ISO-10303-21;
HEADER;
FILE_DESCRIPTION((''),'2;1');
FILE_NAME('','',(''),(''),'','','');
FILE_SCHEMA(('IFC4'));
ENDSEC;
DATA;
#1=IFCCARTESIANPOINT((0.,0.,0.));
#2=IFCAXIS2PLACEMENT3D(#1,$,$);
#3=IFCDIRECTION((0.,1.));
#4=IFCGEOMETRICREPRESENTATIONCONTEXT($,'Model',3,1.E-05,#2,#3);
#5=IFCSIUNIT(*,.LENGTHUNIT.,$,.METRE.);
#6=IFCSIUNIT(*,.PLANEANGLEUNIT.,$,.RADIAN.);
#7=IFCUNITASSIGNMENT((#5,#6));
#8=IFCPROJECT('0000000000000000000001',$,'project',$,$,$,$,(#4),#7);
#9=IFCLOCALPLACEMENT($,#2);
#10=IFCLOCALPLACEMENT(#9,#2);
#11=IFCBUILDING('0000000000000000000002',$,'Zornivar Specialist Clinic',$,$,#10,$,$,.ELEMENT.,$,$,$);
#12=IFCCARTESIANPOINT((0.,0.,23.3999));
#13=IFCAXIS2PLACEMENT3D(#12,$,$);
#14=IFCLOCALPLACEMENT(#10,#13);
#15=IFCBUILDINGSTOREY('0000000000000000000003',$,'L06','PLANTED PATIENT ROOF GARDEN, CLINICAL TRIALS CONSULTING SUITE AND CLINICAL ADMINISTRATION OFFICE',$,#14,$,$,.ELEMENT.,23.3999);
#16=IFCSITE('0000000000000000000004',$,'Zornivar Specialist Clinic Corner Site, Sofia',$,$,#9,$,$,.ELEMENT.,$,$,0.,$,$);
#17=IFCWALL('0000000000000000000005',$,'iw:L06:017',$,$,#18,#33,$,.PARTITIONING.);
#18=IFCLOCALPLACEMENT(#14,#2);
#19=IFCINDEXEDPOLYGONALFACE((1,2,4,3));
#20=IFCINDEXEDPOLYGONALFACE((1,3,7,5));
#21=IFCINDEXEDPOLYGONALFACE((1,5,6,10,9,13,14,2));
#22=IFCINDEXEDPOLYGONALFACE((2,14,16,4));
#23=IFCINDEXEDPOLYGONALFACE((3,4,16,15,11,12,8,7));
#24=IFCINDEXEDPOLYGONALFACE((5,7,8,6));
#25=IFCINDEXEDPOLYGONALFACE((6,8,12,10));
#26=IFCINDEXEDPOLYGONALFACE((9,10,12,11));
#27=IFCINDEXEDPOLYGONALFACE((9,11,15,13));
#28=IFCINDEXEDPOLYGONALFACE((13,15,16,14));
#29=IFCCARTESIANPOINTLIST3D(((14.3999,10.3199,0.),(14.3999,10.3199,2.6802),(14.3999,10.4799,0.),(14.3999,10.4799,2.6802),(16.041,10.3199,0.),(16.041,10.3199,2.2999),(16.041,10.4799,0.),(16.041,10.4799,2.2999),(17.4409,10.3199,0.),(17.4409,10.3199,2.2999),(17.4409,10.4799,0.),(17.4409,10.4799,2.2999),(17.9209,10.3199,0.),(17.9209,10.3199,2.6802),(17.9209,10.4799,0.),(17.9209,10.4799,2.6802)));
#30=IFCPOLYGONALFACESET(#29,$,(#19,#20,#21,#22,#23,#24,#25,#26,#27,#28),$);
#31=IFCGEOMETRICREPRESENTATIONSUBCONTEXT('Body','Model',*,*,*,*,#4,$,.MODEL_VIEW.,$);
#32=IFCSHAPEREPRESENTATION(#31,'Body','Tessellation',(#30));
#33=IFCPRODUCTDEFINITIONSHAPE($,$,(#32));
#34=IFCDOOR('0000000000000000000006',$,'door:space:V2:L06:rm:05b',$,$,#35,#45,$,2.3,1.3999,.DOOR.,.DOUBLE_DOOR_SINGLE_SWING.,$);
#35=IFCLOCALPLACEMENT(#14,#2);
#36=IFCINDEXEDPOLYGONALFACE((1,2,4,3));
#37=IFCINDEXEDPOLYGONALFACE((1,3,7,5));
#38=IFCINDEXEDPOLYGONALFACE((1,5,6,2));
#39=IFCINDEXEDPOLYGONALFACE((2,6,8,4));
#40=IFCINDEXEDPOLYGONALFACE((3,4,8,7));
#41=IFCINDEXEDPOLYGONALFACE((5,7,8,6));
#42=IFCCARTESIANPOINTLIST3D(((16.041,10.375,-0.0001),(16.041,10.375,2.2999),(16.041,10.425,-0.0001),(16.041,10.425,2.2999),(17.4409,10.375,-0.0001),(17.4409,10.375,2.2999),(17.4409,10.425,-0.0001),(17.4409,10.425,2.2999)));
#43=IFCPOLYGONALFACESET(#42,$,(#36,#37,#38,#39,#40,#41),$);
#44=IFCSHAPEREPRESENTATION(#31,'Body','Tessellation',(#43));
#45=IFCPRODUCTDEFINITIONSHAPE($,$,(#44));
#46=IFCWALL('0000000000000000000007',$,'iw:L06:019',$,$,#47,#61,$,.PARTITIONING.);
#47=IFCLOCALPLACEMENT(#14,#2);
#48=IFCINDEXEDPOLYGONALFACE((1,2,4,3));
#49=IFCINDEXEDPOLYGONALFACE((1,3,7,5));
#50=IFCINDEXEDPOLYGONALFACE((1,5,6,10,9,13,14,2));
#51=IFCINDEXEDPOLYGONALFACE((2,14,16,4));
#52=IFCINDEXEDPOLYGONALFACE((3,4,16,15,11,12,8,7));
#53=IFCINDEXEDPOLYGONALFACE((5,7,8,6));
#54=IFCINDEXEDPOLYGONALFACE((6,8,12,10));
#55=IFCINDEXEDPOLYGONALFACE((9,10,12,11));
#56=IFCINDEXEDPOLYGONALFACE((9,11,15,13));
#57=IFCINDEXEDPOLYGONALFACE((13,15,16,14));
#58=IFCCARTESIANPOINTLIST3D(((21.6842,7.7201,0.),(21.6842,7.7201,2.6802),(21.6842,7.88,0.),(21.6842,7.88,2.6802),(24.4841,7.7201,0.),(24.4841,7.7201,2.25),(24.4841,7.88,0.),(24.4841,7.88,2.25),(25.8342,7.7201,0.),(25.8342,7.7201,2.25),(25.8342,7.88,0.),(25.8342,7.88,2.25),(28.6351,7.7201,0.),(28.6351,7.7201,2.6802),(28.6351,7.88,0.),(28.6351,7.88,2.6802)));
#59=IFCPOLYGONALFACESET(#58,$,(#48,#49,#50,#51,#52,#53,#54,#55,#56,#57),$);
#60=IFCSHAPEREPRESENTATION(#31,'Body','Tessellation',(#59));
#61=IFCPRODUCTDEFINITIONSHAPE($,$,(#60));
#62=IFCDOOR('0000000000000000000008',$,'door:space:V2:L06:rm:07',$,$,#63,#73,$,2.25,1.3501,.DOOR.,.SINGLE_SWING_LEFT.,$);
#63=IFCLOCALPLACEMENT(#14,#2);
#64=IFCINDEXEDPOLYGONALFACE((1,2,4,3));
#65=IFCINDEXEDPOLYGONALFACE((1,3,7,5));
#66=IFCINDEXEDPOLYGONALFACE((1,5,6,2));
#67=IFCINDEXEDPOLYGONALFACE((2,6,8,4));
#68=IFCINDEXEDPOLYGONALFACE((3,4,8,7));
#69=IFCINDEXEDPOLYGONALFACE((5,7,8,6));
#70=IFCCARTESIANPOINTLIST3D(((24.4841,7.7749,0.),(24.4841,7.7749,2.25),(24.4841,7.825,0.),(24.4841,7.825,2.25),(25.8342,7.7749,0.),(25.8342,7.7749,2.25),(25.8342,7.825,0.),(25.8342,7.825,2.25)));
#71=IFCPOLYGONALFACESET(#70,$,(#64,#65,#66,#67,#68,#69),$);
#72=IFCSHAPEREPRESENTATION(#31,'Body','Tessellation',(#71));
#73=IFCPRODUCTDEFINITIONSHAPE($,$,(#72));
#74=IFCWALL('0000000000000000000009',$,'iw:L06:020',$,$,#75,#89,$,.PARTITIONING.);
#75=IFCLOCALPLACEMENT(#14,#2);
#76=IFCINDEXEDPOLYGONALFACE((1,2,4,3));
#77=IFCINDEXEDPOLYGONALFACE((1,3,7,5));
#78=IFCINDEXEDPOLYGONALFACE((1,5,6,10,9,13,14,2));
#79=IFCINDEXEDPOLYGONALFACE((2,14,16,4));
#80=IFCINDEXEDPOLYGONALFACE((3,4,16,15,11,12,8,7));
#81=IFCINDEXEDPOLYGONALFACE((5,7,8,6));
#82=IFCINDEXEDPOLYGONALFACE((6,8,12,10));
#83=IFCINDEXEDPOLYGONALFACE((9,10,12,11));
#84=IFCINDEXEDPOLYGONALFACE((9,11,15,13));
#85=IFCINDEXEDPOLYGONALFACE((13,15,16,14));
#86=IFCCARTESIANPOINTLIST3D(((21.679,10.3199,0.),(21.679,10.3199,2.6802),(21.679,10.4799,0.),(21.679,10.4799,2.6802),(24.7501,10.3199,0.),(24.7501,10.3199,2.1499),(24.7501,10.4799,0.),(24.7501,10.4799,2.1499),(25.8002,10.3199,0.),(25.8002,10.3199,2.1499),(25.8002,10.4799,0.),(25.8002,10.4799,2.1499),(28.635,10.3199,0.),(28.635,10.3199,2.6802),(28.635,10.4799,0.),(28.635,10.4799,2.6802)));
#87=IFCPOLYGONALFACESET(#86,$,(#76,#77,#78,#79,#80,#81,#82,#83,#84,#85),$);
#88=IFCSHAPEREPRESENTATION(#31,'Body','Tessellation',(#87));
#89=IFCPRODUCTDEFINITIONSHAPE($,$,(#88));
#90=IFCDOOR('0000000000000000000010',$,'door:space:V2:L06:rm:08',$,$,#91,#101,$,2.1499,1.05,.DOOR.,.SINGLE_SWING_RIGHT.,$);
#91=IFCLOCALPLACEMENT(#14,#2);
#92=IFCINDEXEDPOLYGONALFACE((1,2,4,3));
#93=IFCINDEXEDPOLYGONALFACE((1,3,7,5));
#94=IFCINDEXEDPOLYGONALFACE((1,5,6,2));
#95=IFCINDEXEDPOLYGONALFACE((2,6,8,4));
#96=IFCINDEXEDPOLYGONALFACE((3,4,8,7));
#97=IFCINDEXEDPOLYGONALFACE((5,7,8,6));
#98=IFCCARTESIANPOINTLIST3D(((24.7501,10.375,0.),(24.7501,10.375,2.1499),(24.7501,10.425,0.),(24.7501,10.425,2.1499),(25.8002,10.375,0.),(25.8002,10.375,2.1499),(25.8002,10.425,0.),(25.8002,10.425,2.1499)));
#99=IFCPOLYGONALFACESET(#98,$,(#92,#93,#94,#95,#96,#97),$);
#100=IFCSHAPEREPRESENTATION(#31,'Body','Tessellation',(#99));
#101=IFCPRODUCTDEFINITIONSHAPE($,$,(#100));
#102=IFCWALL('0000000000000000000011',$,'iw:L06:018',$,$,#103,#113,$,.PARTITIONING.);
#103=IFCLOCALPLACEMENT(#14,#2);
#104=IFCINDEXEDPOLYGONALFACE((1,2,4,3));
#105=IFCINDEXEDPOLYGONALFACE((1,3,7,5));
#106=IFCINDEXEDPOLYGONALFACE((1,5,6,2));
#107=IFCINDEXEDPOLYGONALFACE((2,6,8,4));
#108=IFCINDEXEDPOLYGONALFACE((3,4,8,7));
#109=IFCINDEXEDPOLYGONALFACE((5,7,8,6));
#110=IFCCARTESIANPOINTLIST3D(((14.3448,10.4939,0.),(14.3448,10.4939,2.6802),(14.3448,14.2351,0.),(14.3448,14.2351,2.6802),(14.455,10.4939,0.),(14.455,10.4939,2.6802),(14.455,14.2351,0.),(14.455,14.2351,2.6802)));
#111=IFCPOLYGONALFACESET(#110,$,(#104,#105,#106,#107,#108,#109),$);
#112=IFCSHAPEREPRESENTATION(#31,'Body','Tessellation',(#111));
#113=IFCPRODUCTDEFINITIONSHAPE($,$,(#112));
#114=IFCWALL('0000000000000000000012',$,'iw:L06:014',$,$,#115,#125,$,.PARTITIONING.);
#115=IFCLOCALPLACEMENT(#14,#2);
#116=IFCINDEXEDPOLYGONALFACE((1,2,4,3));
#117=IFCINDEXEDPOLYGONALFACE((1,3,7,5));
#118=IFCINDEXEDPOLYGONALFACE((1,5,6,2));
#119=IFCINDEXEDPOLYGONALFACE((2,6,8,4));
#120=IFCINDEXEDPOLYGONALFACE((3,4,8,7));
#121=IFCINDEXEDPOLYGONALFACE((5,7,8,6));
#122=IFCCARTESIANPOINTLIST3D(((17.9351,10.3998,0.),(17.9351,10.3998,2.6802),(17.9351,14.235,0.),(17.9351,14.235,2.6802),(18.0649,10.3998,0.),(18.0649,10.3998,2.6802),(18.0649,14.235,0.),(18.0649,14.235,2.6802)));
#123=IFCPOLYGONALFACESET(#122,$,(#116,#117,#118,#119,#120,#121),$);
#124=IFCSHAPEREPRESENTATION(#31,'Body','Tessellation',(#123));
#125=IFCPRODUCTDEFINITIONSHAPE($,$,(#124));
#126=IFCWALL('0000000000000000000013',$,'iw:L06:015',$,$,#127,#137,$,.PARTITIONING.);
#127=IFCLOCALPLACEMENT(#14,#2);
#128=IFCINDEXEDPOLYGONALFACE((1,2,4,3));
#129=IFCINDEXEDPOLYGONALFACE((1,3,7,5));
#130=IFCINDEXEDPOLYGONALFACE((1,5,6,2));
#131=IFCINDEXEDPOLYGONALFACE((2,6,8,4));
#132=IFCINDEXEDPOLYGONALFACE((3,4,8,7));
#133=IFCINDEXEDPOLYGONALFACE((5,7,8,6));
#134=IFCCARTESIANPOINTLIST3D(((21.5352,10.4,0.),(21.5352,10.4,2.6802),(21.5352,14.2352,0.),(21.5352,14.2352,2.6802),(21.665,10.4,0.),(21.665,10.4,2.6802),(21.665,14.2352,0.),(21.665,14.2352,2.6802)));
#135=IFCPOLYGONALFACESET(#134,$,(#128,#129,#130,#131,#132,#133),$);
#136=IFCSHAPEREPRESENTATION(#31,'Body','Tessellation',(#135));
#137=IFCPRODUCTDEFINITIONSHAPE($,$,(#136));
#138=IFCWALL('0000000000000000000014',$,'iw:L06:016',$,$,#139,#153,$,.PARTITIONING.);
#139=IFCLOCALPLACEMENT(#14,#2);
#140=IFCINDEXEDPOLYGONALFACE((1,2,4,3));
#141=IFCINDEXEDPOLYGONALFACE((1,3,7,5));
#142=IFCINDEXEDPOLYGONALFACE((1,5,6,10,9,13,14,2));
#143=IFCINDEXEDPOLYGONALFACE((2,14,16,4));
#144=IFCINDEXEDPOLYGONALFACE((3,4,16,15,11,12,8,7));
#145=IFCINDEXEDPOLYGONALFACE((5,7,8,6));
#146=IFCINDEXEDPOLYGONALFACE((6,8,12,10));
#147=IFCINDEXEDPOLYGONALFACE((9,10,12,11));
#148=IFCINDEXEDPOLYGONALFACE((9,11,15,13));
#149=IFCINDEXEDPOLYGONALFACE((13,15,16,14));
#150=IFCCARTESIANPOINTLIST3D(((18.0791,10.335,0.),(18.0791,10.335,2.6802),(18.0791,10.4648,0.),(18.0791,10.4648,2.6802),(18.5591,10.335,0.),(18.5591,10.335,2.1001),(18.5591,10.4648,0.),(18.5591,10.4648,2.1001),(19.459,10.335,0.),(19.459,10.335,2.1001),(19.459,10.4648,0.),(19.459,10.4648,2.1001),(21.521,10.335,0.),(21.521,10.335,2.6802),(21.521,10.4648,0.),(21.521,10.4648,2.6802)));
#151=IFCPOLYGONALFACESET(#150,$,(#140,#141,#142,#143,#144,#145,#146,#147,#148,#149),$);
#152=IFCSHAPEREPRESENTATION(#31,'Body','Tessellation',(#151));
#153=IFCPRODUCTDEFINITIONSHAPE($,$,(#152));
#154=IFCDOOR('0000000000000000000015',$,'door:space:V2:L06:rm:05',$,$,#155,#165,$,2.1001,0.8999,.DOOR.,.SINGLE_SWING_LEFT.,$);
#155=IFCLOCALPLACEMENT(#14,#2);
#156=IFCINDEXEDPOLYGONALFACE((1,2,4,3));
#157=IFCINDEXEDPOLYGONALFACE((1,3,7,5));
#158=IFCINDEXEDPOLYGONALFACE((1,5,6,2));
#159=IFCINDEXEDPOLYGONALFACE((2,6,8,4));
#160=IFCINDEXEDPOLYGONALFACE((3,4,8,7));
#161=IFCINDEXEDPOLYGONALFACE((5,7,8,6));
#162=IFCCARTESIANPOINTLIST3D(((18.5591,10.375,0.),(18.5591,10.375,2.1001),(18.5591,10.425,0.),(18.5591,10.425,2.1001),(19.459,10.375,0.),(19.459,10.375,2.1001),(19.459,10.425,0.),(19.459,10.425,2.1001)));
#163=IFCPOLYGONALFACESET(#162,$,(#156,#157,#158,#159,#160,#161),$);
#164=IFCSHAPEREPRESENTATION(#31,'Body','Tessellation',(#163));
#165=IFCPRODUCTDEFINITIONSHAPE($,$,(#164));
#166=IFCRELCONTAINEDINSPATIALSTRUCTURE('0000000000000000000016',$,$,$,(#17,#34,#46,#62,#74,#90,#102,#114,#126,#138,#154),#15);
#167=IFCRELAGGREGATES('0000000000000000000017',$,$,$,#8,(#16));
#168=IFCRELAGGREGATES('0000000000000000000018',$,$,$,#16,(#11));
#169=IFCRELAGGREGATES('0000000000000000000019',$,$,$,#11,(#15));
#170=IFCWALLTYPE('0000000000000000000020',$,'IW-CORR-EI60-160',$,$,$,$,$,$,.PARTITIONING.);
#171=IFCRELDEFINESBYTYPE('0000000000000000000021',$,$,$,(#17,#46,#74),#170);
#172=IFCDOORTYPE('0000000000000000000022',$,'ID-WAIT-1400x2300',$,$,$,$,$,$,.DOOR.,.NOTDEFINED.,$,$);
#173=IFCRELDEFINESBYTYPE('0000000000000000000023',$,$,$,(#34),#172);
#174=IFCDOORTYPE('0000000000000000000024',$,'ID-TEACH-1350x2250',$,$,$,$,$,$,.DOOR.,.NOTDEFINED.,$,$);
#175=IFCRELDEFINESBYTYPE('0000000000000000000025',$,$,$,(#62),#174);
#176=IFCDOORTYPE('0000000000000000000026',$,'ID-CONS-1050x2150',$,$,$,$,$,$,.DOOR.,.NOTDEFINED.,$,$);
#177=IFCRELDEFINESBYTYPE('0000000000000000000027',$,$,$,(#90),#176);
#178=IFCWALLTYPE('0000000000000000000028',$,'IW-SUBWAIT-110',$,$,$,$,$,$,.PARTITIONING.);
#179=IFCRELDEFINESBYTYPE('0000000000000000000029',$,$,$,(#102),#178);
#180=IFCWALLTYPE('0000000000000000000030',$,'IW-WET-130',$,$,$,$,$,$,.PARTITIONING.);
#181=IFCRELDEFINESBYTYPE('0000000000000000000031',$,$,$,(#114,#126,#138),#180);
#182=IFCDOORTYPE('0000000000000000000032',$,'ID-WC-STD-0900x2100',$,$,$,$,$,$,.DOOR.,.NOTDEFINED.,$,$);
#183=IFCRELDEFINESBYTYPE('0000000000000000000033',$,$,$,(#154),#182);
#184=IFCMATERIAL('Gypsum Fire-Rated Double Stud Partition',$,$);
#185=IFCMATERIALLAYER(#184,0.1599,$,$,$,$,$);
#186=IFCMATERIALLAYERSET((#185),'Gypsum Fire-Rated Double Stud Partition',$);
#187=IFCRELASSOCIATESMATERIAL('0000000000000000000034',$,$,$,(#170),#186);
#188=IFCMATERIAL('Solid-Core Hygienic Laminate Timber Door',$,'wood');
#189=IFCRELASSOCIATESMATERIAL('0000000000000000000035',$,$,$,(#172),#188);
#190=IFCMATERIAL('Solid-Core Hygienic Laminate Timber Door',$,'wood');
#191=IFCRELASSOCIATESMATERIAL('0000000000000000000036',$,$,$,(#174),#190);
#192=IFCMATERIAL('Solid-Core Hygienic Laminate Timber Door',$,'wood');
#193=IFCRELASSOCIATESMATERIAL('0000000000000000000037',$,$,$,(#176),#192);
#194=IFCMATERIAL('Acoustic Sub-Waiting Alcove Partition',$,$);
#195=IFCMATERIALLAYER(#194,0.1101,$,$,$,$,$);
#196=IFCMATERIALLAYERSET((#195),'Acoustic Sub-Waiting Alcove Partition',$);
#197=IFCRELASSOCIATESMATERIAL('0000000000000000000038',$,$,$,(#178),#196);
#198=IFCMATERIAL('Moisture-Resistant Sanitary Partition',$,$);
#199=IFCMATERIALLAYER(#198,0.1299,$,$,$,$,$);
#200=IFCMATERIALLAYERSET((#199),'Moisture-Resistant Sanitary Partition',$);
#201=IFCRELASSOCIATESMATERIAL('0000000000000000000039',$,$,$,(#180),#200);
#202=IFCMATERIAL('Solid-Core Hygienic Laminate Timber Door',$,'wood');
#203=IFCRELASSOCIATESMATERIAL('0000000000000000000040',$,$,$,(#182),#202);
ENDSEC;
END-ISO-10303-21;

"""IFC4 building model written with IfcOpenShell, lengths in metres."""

from ifc_helpers import new_model, si_unit, direction, frame, frame_2d, origin, place, context, subcontext, project, spatial, rectangle, extrude, material, layer, layer_set, type_object, element, fill, save


model = new_model("IFC4")

# Units and contexts
model_context = context("Model", 3, precision=1e-05, world=origin(), true_north=direction((0.0, 1.0)))
body_context = subcontext(model_context, "Body", "Model", "MODEL_VIEW")
ifc_project = project(units=[si_unit("LENGTHUNIT", "METRE"), si_unit("PLANEANGLEUNIT", "RADIAN")], contexts=[model_context])

# Site, building, storey
site_placement = place(None, origin())
site = spatial("IfcSite", under=ifc_project, at=site_placement, Name="Zornivar Specialist Clinic Corner Site, Sofia", CompositionType="ELEMENT", RefElevation=0.0)
building_placement = place(site_placement, origin())
building = spatial("IfcBuilding", under=site, at=building_placement, Name="Zornivar Specialist Clinic", CompositionType="ELEMENT")
storey_placement = place(building_placement, frame((0.0, 0.0, 23.3999)))
storey = spatial("IfcBuildingStorey", under=building, at=storey_placement, Name="L06", Description="PLANTED PATIENT ROOF GARDEN, CLINICAL TRIALS CONSULTING SUITE AND CLINICAL ADMINISTRATION OFFICE", CompositionType="ELEMENT", Elevation=23.3999)

# Walls, openings, doors
ifc_material_1 = material(Name="Gypsum Fire-Rated Double Stud Partition")
ifc_layer_1 = layer(ifc_material_1, 0.1599)
ifc_layer_set_1 = layer_set([ifc_layer_1], Name="Gypsum Fire-Rated Double Stud Partition")
wall_type_1 = type_object("IfcWallType", Name="IW-CORR-EI60-160", PredefinedType="PARTITIONING", material=ifc_layer_set_1)
wall_1_placement = place(storey_placement, frame((17.9209, 10.3999, 0.0), z_axis=(0.0, 0.0, 1.0), x_axis=(-1.0, 0.0, 0.0)))
wall_1 = element("IfcWall", 1, at=wall_1_placement, inside=storey, type_object=wall_type_1, Name="iw:L06:017", PredefinedType="PARTITIONING", context=body_context, shape_type="SweptSolid", body=[
    extrude(rectangle(XDim=3.521, YDim=0.1599, at=frame_2d((1.7605, 0.0))), origin(), (0.0, 0.0, 1.0), 2.6802),
])
opening_1_placement = place(wall_1_placement, frame((0.48, 0.0, 0.0)))
opening_1 = element("IfcOpeningElement", 2, at=opening_1_placement, cuts=wall_1, PredefinedType="OPENING", context=body_context, shape_type="SweptSolid", body=[
    extrude(rectangle(XDim=1.3999, YDim=2.3, at=frame_2d((0.7, 1.1499))), frame((0.0, 0.0898, 0.0), z_axis=(0.0, -1.0, 0.0), x_axis=(1.0, 0.0, 0.0)), (0.0, 0.0, 1.0), 0.1799),
])
ifc_material_2 = material(Name="Solid-Core Hygienic Laminate Timber Door", Category="wood")
door_type_1 = type_object("IfcDoorType", Name="ID-WAIT-1400x2300", OperationType="NOTDEFINED", PredefinedType="DOOR", material=ifc_material_2)
door_1_placement = place(opening_1_placement, origin())
door_1 = element("IfcDoor", 3, at=door_1_placement, inside=storey, type_object=door_type_1, Name="door:space:V2:L06:rm:05b", OperationType="DOUBLE_DOOR_SINGLE_SWING", OverallHeight=2.3, OverallWidth=1.3999, PredefinedType="DOOR", context=body_context, shape_type="SweptSolid", body=[
    extrude(rectangle(XDim=1.3999, YDim=2.3, at=frame_2d((0.7, 1.1499))), frame((0.0, 0.0249, 0.0), z_axis=(0.0, -1.0, 0.0), x_axis=(1.0, 0.0, 0.0)), (0.0, 0.0, 1.0), 0.05),
])
fill(opening_1, door_1)
wall_2_placement = place(storey_placement, frame((21.6841, 7.8, 0.0), z_axis=(0.0, 0.0, 1.0), x_axis=(1.0, 0.0, 0.0)))
wall_2 = element("IfcWall", 4, at=wall_2_placement, inside=storey, type_object=wall_type_1, Name="iw:L06:019", PredefinedType="PARTITIONING", context=body_context, shape_type="SweptSolid", body=[
    extrude(rectangle(XDim=6.9509, YDim=0.1599, at=frame_2d((3.4756, 0.0))), origin(), (0.0, 0.0, 1.0), 2.6802),
])
opening_2_placement = place(wall_2_placement, frame((2.8, 0.0, 0.0)))
opening_2 = element("IfcOpeningElement", 5, at=opening_2_placement, cuts=wall_2, PredefinedType="OPENING", context=body_context, shape_type="SweptSolid", body=[
    extrude(rectangle(XDim=1.3501, YDim=2.25, at=frame_2d((0.675, 1.125))), frame((0.0, 0.0898, 0.0), z_axis=(0.0, -1.0, 0.0), x_axis=(1.0, 0.0, 0.0)), (0.0, 0.0, 1.0), 0.1799),
])
ifc_material_3 = material(Name="Solid-Core Hygienic Laminate Timber Door", Category="wood")
door_type_2 = type_object("IfcDoorType", Name="ID-TEACH-1350x2250", OperationType="NOTDEFINED", PredefinedType="DOOR", material=ifc_material_3)
door_2_placement = place(opening_2_placement, origin())
door_2 = element("IfcDoor", 6, at=door_2_placement, inside=storey, type_object=door_type_2, Name="door:space:V2:L06:rm:07", OperationType="SINGLE_SWING_LEFT", OverallHeight=2.25, OverallWidth=1.3501, PredefinedType="DOOR", context=body_context, shape_type="SweptSolid", body=[
    extrude(rectangle(XDim=1.3501, YDim=2.25, at=frame_2d((0.675, 1.125))), frame((0.0, 0.0249, 0.0), z_axis=(0.0, -1.0, 0.0), x_axis=(1.0, 0.0, 0.0)), (0.0, 0.0, 1.0), 0.05),
])
fill(opening_2, door_2)
wall_3_placement = place(storey_placement, frame((28.635, 10.3999, 0.0), z_axis=(0.0, 0.0, 1.0), x_axis=(-1.0, 0.0, 0.0)))
wall_3 = element("IfcWall", 7, at=wall_3_placement, inside=storey, type_object=wall_type_1, Name="iw:L06:020", PredefinedType="PARTITIONING", context=body_context, shape_type="SweptSolid", body=[
    extrude(rectangle(XDim=6.9561, YDim=0.1599, at=frame_2d((3.478, 0.0))), origin(), (0.0, 0.0, 1.0), 2.6802),
])
opening_3_placement = place(wall_3_placement, frame((2.835, 0.0, 0.0)))
opening_3 = element("IfcOpeningElement", 8, at=opening_3_placement, cuts=wall_3, PredefinedType="OPENING", context=body_context, shape_type="SweptSolid", body=[
    extrude(rectangle(XDim=1.05, YDim=2.1499, at=frame_2d((0.5249, 1.075))), frame((0.0, 0.0898, 0.0), z_axis=(0.0, -1.0, 0.0), x_axis=(1.0, 0.0, 0.0)), (0.0, 0.0, 1.0), 0.1799),
])
ifc_material_4 = material(Name="Solid-Core Hygienic Laminate Timber Door", Category="wood")
door_type_3 = type_object("IfcDoorType", Name="ID-CONS-1050x2150", OperationType="NOTDEFINED", PredefinedType="DOOR", material=ifc_material_4)
door_3_placement = place(opening_3_placement, origin())
door_3 = element("IfcDoor", 9, at=door_3_placement, inside=storey, type_object=door_type_3, Name="door:space:V2:L06:rm:08", OperationType="SINGLE_SWING_RIGHT", OverallHeight=2.1499, OverallWidth=1.05, PredefinedType="DOOR", context=body_context, shape_type="SweptSolid", body=[
    extrude(rectangle(XDim=1.05, YDim=2.1499, at=frame_2d((0.5249, 1.075))), frame((0.0, 0.0249, 0.0), z_axis=(0.0, -1.0, 0.0), x_axis=(1.0, 0.0, 0.0)), (0.0, 0.0, 1.0), 0.05),
])
fill(opening_3, door_3)

# Walls
ifc_material_5 = material(Name="Acoustic Sub-Waiting Alcove Partition")
ifc_layer_2 = layer(ifc_material_5, 0.1101)
ifc_layer_set_2 = layer_set([ifc_layer_2], Name="Acoustic Sub-Waiting Alcove Partition")
wall_type_2 = type_object("IfcWallType", Name="IW-SUBWAIT-110", PredefinedType="PARTITIONING", material=ifc_layer_set_2)
wall_4_placement = place(storey_placement, frame((14.3999, 10.4939, 0.0), z_axis=(0.0, 0.0, 1.0), x_axis=(0.0, 1.0, 0.0)))
element("IfcWall", 10, at=wall_4_placement, inside=storey, type_object=wall_type_2, Name="iw:L06:018", PredefinedType="PARTITIONING", context=body_context, shape_type="SweptSolid", body=[
    extrude(rectangle(XDim=3.7412, YDim=0.1101, at=frame_2d((1.8706, 0.0))), origin(), (0.0, 0.0, 1.0), 2.6802),
])
ifc_material_6 = material(Name="Moisture-Resistant Sanitary Partition")
ifc_layer_3 = layer(ifc_material_6, 0.1299)
ifc_layer_set_3 = layer_set([ifc_layer_3], Name="Moisture-Resistant Sanitary Partition")
wall_type_3 = type_object("IfcWallType", Name="IW-WET-130", PredefinedType="PARTITIONING", material=ifc_layer_set_3)
for number, where, z_axis, x_axis, name in (
    (11, (18.0, 10.3999, 0.0), (0.0, 0.0, 1.0), (0.0, 1.0, 0.0), "iw:L06:014"),
    (12, (21.6001, 14.2351, 0.0), (0.0, 0.0, 1.0), (0.0, -1.0, 0.0), "iw:L06:015"),
):
    element("IfcWall", number, at=place(storey_placement, frame(where, z_axis=z_axis, x_axis=x_axis)), inside=storey, type_object=wall_type_3, Name=name, PredefinedType="PARTITIONING", context=body_context, shape_type="SweptSolid", body=[
        extrude(rectangle(XDim=3.8352, YDim=0.1299, at=frame_2d((1.9175, 0.0))), origin(), (0.0, 0.0, 1.0), 2.6802),
    ])

# Wall, opening, door
wall_5_placement = place(storey_placement, frame((21.521, 10.3999, 0.0), z_axis=(0.0, 0.0, 1.0), x_axis=(-1.0, 0.0, 0.0)))
wall_5 = element("IfcWall", 13, at=wall_5_placement, inside=storey, type_object=wall_type_3, Name="iw:L06:016", PredefinedType="PARTITIONING", context=body_context, shape_type="SweptSolid", body=[
    extrude(rectangle(XDim=3.4419, YDim=0.1299, at=frame_2d((1.7209, 0.0))), origin(), (0.0, 0.0, 1.0), 2.6802),
])
opening_4_placement = place(wall_5_placement, frame((2.062, 0.0, 0.0)))
opening_4 = element("IfcOpeningElement", 14, at=opening_4_placement, cuts=wall_5, PredefinedType="OPENING", context=body_context, shape_type="SweptSolid", body=[
    extrude(rectangle(XDim=0.8999, YDim=2.1001, at=frame_2d((0.45, 1.05))), frame((0.0, 0.075, 0.0), z_axis=(0.0, -1.0, 0.0), x_axis=(1.0, 0.0, 0.0)), (0.0, 0.0, 1.0), 0.1499),
])
ifc_material_7 = material(Name="Solid-Core Hygienic Laminate Timber Door", Category="wood")
door_type_4 = type_object("IfcDoorType", Name="ID-WC-STD-0900x2100", OperationType="NOTDEFINED", PredefinedType="DOOR", material=ifc_material_7)
door_4_placement = place(opening_4_placement, origin())
door_4 = element("IfcDoor", 15, at=door_4_placement, inside=storey, type_object=door_type_4, Name="door:space:V2:L06:rm:05", OperationType="SINGLE_SWING_LEFT", OverallHeight=2.1001, OverallWidth=0.8999, PredefinedType="DOOR", context=body_context, shape_type="SweptSolid", body=[
    extrude(rectangle(XDim=0.8999, YDim=2.1001, at=frame_2d((0.45, 1.05))), frame((0.0, 0.0249, 0.0), z_axis=(0.0, -1.0, 0.0), x_axis=(1.0, 0.0, 0.0)), (0.0, 0.0, 1.0), 0.05),
])
fill(opening_4, door_4)

save(model, "model.ifc")
